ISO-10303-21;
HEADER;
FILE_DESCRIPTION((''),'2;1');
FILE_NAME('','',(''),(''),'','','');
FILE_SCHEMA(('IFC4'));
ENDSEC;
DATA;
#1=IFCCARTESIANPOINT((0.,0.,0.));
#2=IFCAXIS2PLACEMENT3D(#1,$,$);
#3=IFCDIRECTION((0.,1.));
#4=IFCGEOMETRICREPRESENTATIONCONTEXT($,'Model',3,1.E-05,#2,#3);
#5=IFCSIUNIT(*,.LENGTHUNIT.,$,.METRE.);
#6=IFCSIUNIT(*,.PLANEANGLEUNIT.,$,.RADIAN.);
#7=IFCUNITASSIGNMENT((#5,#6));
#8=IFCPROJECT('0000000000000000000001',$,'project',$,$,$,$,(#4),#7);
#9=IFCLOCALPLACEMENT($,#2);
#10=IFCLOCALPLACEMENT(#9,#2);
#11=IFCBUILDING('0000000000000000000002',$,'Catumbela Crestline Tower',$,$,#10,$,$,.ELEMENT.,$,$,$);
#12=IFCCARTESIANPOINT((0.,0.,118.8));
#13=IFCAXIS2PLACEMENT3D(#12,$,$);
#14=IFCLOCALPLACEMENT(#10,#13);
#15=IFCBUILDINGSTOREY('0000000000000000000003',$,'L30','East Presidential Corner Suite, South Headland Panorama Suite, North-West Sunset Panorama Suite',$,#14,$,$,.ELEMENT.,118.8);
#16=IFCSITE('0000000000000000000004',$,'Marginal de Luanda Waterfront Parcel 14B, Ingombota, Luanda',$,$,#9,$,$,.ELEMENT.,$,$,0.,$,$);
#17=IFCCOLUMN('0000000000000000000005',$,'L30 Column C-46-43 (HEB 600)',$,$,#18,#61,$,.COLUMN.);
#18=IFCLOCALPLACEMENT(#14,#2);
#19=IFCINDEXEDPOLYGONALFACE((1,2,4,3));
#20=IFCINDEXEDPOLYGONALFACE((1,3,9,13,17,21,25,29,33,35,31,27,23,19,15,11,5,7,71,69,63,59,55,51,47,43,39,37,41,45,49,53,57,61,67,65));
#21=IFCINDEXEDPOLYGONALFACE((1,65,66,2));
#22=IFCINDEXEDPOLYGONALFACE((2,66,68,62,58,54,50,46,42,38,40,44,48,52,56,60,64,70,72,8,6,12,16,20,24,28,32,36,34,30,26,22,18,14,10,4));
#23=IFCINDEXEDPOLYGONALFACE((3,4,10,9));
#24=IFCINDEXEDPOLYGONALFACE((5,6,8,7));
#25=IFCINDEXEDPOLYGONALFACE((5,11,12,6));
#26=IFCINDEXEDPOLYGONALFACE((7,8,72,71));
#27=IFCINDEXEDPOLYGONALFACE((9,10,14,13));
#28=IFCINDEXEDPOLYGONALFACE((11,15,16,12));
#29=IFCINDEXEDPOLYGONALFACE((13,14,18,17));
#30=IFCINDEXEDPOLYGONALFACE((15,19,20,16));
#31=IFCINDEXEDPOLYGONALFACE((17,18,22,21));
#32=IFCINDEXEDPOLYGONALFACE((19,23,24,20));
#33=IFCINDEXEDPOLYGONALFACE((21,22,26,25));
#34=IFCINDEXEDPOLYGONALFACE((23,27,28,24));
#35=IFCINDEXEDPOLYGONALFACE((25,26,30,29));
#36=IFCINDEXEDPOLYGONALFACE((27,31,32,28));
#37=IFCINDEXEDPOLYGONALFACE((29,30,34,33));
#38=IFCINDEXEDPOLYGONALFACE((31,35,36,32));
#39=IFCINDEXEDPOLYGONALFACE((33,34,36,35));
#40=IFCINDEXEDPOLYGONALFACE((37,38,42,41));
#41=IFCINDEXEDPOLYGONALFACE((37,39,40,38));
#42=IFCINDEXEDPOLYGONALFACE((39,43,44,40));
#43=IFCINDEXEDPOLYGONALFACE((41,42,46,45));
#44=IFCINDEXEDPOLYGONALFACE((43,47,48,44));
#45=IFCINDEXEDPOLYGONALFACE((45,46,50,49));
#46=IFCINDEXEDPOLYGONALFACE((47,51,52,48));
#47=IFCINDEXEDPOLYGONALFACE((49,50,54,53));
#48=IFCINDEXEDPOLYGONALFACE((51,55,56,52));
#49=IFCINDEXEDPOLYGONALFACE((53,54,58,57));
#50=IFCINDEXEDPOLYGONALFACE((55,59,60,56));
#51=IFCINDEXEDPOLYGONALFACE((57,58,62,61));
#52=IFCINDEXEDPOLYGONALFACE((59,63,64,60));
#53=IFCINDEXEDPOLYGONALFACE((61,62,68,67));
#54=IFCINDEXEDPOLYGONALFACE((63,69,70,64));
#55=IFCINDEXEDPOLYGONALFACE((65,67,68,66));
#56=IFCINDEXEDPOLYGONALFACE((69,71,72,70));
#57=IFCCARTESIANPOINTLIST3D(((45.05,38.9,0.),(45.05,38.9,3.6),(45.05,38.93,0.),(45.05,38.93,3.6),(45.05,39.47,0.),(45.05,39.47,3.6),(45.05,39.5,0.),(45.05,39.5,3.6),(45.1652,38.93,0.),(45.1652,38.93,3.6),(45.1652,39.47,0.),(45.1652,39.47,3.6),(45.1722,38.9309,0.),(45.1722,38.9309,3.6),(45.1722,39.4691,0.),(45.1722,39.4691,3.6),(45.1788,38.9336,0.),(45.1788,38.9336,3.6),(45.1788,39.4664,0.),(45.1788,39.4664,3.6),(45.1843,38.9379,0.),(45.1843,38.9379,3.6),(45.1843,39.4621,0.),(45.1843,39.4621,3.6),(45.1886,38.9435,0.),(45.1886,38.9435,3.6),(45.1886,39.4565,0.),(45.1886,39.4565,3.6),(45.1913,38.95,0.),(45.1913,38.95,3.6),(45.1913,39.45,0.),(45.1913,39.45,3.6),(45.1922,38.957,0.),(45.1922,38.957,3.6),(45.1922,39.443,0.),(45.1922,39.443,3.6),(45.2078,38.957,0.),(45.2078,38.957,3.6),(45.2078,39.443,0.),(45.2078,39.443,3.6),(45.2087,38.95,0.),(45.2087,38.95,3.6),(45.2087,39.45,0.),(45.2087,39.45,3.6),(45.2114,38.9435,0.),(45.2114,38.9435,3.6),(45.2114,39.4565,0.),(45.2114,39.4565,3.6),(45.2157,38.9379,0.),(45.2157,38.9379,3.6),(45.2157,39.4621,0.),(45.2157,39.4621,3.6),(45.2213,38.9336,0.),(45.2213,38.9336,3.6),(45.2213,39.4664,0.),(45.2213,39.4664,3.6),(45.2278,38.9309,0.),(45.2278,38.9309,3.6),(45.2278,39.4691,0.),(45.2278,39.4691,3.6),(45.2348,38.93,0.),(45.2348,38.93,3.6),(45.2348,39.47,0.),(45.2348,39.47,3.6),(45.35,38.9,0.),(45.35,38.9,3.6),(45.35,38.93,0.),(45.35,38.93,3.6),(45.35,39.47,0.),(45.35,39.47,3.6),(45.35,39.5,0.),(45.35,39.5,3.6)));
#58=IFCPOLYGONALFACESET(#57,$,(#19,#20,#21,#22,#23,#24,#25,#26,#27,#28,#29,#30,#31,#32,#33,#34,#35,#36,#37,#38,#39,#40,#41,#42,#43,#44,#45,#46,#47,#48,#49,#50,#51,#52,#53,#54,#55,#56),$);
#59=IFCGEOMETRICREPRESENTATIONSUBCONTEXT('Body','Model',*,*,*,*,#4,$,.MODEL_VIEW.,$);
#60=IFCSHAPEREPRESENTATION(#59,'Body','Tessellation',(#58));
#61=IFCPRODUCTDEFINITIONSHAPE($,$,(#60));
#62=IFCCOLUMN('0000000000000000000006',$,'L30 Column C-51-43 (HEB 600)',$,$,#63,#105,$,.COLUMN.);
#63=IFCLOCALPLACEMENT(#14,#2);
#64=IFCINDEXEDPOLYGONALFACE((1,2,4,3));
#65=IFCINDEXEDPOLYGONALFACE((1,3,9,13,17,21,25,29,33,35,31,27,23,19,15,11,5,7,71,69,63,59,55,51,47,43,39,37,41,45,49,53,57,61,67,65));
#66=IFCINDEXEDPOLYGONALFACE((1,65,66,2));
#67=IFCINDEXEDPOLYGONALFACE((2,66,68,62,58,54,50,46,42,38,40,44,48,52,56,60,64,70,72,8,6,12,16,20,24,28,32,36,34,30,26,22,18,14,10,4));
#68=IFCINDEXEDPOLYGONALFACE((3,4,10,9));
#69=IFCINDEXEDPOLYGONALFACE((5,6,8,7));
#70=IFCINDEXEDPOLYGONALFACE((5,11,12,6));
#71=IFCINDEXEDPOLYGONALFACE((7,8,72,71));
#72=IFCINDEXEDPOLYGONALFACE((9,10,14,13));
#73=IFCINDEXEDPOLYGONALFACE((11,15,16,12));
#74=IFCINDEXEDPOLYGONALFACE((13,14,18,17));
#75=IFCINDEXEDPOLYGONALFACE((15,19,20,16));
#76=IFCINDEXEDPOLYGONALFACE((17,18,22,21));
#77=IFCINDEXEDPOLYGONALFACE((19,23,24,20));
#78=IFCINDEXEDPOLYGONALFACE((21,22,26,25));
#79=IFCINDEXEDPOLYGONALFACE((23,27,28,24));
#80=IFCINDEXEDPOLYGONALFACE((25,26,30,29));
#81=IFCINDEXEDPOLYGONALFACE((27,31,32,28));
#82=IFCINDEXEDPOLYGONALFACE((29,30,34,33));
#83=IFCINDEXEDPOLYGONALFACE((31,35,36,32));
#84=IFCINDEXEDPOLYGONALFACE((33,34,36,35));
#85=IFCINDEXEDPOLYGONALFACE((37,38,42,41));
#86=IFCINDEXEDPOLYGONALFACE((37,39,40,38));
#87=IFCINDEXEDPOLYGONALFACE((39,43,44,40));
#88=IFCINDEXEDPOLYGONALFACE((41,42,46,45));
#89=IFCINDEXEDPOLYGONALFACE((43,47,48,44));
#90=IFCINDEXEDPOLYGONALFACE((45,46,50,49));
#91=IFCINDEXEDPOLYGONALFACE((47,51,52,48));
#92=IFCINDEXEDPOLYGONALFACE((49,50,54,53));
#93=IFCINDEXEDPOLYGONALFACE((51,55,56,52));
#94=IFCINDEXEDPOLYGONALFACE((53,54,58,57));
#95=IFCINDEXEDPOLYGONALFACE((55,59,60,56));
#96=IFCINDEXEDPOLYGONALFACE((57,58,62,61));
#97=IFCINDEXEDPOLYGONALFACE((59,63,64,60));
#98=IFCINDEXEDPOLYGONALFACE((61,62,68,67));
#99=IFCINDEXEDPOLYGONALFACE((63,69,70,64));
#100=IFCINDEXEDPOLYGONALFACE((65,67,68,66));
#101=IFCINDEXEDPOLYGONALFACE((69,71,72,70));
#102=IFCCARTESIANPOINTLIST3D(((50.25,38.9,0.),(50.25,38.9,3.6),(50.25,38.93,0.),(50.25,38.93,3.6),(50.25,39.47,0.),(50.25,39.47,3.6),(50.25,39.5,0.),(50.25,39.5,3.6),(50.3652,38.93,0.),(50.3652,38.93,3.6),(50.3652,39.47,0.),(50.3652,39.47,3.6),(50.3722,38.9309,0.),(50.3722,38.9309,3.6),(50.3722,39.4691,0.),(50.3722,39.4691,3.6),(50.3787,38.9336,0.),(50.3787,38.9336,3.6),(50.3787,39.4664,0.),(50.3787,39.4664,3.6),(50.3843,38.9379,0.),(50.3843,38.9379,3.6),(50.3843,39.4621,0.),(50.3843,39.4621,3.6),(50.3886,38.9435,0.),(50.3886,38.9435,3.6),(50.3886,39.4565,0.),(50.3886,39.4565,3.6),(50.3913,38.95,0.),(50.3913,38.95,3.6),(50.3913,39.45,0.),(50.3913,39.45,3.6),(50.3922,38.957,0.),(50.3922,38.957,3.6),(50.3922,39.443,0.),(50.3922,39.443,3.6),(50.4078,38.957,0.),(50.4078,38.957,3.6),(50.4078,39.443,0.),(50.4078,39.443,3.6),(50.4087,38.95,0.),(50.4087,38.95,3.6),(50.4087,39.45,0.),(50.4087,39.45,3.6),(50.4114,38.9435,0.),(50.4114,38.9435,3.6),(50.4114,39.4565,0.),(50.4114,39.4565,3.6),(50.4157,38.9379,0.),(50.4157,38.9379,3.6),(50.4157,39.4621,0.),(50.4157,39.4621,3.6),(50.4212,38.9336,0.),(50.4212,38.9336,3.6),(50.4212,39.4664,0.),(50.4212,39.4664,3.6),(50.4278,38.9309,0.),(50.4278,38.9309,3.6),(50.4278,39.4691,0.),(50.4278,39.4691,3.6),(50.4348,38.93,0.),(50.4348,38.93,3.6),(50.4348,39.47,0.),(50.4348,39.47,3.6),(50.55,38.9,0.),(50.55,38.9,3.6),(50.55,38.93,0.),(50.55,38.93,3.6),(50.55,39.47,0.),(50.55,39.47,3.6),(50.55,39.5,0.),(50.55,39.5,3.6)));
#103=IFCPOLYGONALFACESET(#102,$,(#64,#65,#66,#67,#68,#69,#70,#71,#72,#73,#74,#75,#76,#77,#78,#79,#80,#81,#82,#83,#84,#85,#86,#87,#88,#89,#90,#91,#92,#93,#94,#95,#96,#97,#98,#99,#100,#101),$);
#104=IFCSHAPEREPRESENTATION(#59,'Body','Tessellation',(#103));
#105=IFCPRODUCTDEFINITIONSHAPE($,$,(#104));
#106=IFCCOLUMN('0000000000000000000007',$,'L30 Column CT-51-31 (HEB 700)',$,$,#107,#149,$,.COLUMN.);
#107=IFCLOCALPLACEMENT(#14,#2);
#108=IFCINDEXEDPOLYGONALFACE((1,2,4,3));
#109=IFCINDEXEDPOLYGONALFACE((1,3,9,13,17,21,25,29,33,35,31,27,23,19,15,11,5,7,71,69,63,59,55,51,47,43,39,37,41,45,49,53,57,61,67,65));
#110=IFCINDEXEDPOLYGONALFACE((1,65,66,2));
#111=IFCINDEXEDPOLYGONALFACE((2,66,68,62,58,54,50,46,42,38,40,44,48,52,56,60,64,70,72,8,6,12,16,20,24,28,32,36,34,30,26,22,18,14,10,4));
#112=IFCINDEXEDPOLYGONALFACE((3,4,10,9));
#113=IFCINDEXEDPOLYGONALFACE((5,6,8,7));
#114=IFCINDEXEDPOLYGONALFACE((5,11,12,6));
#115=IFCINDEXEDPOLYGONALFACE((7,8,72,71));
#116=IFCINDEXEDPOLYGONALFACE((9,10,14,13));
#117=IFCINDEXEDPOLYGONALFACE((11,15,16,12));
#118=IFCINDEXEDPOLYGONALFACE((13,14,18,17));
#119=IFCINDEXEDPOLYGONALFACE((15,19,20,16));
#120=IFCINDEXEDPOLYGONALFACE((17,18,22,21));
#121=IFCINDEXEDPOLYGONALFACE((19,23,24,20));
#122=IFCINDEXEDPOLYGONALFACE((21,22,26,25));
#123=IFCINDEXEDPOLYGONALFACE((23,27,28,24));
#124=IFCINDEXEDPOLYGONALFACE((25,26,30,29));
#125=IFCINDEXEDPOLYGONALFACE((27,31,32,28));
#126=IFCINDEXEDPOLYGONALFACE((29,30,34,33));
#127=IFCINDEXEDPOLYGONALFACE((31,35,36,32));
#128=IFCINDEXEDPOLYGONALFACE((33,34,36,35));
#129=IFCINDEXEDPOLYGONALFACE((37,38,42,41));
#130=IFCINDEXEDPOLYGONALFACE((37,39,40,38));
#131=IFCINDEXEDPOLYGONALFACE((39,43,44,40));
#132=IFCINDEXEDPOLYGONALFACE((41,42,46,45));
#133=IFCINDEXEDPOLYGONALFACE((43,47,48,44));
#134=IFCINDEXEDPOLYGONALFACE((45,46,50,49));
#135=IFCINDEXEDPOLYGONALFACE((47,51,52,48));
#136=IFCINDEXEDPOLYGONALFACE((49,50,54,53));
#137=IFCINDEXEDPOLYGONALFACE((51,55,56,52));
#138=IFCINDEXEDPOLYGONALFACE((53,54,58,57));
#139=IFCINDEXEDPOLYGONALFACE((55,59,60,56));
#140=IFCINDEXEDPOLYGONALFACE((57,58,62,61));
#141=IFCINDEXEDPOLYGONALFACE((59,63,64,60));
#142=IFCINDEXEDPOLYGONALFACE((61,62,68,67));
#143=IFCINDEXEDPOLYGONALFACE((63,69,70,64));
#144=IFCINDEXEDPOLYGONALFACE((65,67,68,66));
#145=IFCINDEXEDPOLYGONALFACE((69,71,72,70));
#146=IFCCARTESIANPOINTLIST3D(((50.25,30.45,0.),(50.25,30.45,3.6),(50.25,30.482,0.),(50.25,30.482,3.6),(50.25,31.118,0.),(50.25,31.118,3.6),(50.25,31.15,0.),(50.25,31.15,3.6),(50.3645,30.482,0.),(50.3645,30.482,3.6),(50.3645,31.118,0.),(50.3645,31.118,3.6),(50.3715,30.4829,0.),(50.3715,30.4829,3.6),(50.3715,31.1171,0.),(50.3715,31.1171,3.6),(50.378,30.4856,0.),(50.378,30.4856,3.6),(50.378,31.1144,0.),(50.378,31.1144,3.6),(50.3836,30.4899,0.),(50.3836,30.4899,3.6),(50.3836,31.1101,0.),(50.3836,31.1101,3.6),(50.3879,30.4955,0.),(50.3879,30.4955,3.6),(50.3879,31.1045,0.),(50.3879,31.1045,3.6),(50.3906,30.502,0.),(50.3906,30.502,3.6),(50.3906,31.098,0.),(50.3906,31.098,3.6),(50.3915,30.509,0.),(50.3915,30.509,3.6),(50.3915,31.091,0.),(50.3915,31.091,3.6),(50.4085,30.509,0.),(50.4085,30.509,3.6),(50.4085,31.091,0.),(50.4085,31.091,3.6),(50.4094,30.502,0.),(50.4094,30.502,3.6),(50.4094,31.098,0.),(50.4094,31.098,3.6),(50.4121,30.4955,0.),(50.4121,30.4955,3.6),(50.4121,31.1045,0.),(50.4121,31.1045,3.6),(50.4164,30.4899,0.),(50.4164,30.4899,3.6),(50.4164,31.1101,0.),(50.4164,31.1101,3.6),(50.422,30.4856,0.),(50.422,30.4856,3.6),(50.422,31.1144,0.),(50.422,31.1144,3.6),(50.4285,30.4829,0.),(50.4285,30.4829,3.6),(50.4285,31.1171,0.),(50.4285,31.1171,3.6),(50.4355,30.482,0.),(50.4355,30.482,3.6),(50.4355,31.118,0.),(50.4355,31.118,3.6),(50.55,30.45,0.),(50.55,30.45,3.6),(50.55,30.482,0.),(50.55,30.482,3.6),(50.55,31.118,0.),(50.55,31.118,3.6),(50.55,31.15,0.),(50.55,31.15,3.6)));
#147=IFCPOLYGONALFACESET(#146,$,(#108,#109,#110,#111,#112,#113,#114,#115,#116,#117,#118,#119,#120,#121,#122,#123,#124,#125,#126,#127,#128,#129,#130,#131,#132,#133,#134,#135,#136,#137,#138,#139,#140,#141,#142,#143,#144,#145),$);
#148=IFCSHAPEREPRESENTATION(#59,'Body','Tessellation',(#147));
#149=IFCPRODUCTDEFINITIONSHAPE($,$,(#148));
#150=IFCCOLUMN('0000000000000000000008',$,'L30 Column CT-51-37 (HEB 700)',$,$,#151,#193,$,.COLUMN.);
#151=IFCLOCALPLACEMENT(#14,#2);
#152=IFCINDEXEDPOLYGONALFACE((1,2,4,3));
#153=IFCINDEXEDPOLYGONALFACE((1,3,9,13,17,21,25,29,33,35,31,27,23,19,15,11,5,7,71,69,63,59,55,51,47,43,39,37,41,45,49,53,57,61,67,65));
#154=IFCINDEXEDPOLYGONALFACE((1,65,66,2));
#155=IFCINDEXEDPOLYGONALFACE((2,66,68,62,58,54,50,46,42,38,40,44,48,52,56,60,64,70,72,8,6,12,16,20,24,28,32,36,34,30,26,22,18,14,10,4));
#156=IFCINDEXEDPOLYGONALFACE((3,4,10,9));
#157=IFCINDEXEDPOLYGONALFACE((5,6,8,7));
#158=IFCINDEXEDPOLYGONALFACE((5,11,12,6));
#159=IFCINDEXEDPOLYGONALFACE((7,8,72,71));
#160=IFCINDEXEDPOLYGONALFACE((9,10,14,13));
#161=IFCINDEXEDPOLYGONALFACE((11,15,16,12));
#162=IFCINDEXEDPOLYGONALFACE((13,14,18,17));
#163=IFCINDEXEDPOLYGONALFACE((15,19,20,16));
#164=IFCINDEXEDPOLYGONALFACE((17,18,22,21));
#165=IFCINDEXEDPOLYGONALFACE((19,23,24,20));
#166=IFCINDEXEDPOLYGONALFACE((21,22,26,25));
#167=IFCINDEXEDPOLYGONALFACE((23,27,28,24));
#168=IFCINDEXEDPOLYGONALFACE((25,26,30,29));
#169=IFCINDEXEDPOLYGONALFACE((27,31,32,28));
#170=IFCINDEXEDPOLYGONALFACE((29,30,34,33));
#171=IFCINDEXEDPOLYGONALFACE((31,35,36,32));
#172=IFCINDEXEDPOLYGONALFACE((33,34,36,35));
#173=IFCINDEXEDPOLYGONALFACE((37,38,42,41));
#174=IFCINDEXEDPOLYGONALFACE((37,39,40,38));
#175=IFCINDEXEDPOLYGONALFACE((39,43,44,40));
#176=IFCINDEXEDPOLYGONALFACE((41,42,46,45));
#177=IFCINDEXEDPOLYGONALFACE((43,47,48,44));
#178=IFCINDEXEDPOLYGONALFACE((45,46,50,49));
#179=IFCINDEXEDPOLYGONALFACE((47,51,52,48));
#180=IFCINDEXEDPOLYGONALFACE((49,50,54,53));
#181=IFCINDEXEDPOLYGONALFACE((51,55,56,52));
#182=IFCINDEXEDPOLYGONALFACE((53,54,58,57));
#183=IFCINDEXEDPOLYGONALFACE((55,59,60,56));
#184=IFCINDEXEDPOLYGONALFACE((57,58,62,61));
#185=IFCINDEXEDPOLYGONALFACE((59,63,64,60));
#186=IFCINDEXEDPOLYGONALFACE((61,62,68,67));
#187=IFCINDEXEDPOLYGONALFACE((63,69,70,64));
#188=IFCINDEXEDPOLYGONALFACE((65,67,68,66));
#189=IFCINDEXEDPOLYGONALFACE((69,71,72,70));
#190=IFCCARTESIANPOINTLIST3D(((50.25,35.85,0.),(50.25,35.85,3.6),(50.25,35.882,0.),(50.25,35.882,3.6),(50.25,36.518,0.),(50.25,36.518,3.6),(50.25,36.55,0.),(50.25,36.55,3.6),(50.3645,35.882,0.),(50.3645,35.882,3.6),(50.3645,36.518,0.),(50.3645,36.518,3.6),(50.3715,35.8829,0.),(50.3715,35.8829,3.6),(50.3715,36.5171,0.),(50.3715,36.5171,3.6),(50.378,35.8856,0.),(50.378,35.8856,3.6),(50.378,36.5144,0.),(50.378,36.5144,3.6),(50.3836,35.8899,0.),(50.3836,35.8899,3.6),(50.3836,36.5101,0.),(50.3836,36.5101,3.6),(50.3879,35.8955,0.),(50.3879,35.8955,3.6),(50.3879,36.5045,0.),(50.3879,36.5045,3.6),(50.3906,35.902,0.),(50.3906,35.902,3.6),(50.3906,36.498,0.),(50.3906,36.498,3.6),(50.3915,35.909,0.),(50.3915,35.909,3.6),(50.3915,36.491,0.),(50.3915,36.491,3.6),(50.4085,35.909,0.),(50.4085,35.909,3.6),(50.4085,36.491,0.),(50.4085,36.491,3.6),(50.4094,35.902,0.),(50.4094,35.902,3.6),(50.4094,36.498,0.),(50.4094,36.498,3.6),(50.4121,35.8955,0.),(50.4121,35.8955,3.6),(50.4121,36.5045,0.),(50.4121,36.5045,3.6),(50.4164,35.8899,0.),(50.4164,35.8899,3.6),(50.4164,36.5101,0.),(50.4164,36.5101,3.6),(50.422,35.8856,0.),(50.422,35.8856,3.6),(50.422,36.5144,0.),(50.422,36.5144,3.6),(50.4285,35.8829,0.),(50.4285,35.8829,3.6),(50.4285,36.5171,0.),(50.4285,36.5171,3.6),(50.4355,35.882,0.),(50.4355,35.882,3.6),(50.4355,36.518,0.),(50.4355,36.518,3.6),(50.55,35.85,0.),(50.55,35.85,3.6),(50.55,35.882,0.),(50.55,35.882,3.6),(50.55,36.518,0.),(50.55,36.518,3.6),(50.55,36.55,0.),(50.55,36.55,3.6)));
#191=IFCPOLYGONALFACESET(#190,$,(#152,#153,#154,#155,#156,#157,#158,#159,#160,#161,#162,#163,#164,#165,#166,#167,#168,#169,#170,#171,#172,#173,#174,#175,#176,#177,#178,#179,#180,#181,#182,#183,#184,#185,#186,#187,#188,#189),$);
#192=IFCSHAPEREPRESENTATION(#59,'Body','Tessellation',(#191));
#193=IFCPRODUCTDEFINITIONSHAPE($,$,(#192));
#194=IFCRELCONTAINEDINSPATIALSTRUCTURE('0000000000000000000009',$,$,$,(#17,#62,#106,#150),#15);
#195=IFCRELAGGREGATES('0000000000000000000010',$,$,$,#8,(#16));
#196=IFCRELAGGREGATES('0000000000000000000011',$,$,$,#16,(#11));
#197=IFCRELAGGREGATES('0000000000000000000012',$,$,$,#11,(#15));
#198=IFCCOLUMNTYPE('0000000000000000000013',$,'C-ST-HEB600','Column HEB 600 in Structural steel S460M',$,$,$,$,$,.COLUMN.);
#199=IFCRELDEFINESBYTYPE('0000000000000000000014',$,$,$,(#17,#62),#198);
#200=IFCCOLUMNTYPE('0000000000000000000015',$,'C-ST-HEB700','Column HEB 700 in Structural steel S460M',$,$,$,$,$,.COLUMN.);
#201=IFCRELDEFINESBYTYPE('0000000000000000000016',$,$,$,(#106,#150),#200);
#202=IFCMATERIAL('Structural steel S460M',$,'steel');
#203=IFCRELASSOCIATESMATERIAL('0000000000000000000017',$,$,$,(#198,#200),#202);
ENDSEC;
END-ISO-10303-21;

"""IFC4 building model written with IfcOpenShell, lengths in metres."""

from ifc_helpers import new_model, si_unit, direction, frame, origin, origin_2d, place, context, subcontext, project, spatial, i_section, extrude, material, material_profile, profile_set, type_object, element, save


model = new_model("IFC4")

# Units and contexts
model_context = context("Model", 3, precision=1e-05, world=origin(), true_north=direction((0.0, 1.0)))
body_context = subcontext(model_context, "Body", "Model", "MODEL_VIEW")
ifc_project = project(units=[si_unit("LENGTHUNIT", "METRE"), si_unit("PLANEANGLEUNIT", "RADIAN")], contexts=[model_context])

# Site, building, storey
site_placement = place(None, origin())
site = spatial("IfcSite", under=ifc_project, at=site_placement, Name="Marginal de Luanda Waterfront Parcel 14B, Ingombota, Luanda", CompositionType="ELEMENT", RefElevation=0.0)
building_placement = place(site_placement, origin())
building = spatial("IfcBuilding", under=site, at=building_placement, Name="Catumbela Crestline Tower", CompositionType="ELEMENT")
storey_placement = place(building_placement, frame((0.0, 0.0, 118.8)))
storey = spatial("IfcBuildingStorey", under=building, at=storey_placement, Name="L30", Description="East Presidential Corner Suite, South Headland Panorama Suite, North-West Sunset Panorama Suite", CompositionType="ELEMENT", Elevation=118.8)

# Columns
ifc_material_1 = material(Name="Structural steel S460M", Category="steel")
ifc_material_profile_1 = material_profile(ifc_material_1, i_section(OverallWidth=0.3, OverallDepth=0.6, WebThickness=0.0155, FlangeThickness=0.03, FilletRadius=0.027, at=origin_2d()), Name="HEB 600")
ifc_profile_set_1 = profile_set([ifc_material_profile_1], Name="Structural steel S460M")
column_type_1 = type_object("IfcColumnType", Name="C-ST-HEB600", Description="Column HEB 600 in Structural steel S460M", PredefinedType="COLUMN", material=ifc_profile_set_1)
for number, where, z_axis, x_axis, name in (
    (1, (45.2, 39.2, 0.0), (0.0, 0.0, 1.0), (1.0, 0.0, 0.0), "L30 Column C-46-43 (HEB 600)"),
    (2, (50.4, 39.2, 0.0), (0.0, 0.0, 1.0), (1.0, 0.0, 0.0), "L30 Column C-51-43 (HEB 600)"),
):
    element("IfcColumn", number, at=place(storey_placement, frame(where, z_axis=z_axis, x_axis=x_axis)), inside=storey, type_object=column_type_1, Name=name, PredefinedType="COLUMN", context=body_context, shape_type="SweptSolid", body=[
        extrude(i_section(OverallWidth=0.3, OverallDepth=0.6, WebThickness=0.0155, FlangeThickness=0.03, FilletRadius=0.027, at=origin_2d()), origin(), (0.0, 0.0, 1.0), 3.6),
    ])
ifc_material_profile_2 = material_profile(ifc_material_1, i_section(OverallWidth=0.3, OverallDepth=0.7, WebThickness=0.017, FlangeThickness=0.032, FilletRadius=0.027, at=origin_2d()), Name="HEB 700")
ifc_profile_set_2 = profile_set([ifc_material_profile_2], Name="Structural steel S460M")
column_type_2 = type_object("IfcColumnType", Name="C-ST-HEB700", Description="Column HEB 700 in Structural steel S460M", PredefinedType="COLUMN", material=ifc_profile_set_2)
for number, where, z_axis, x_axis, name in (
    (3, (50.4, 30.8, 0.0), (0.0, 0.0, 1.0), (1.0, 0.0, 0.0), "L30 Column CT-51-31 (HEB 700)"),
    (4, (50.4, 36.2, 0.0), (0.0, 0.0, 1.0), (1.0, 0.0, 0.0), "L30 Column CT-51-37 (HEB 700)"),
):
    element("IfcColumn", number, at=place(storey_placement, frame(where, z_axis=z_axis, x_axis=x_axis)), inside=storey, type_object=column_type_2, Name=name, PredefinedType="COLUMN", context=body_context, shape_type="SweptSolid", body=[
        extrude(i_section(OverallWidth=0.3, OverallDepth=0.7, WebThickness=0.017, FlangeThickness=0.032, FilletRadius=0.027, at=origin_2d()), origin(), (0.0, 0.0, 1.0), 3.6),
    ])

save(model, "model.ifc")
